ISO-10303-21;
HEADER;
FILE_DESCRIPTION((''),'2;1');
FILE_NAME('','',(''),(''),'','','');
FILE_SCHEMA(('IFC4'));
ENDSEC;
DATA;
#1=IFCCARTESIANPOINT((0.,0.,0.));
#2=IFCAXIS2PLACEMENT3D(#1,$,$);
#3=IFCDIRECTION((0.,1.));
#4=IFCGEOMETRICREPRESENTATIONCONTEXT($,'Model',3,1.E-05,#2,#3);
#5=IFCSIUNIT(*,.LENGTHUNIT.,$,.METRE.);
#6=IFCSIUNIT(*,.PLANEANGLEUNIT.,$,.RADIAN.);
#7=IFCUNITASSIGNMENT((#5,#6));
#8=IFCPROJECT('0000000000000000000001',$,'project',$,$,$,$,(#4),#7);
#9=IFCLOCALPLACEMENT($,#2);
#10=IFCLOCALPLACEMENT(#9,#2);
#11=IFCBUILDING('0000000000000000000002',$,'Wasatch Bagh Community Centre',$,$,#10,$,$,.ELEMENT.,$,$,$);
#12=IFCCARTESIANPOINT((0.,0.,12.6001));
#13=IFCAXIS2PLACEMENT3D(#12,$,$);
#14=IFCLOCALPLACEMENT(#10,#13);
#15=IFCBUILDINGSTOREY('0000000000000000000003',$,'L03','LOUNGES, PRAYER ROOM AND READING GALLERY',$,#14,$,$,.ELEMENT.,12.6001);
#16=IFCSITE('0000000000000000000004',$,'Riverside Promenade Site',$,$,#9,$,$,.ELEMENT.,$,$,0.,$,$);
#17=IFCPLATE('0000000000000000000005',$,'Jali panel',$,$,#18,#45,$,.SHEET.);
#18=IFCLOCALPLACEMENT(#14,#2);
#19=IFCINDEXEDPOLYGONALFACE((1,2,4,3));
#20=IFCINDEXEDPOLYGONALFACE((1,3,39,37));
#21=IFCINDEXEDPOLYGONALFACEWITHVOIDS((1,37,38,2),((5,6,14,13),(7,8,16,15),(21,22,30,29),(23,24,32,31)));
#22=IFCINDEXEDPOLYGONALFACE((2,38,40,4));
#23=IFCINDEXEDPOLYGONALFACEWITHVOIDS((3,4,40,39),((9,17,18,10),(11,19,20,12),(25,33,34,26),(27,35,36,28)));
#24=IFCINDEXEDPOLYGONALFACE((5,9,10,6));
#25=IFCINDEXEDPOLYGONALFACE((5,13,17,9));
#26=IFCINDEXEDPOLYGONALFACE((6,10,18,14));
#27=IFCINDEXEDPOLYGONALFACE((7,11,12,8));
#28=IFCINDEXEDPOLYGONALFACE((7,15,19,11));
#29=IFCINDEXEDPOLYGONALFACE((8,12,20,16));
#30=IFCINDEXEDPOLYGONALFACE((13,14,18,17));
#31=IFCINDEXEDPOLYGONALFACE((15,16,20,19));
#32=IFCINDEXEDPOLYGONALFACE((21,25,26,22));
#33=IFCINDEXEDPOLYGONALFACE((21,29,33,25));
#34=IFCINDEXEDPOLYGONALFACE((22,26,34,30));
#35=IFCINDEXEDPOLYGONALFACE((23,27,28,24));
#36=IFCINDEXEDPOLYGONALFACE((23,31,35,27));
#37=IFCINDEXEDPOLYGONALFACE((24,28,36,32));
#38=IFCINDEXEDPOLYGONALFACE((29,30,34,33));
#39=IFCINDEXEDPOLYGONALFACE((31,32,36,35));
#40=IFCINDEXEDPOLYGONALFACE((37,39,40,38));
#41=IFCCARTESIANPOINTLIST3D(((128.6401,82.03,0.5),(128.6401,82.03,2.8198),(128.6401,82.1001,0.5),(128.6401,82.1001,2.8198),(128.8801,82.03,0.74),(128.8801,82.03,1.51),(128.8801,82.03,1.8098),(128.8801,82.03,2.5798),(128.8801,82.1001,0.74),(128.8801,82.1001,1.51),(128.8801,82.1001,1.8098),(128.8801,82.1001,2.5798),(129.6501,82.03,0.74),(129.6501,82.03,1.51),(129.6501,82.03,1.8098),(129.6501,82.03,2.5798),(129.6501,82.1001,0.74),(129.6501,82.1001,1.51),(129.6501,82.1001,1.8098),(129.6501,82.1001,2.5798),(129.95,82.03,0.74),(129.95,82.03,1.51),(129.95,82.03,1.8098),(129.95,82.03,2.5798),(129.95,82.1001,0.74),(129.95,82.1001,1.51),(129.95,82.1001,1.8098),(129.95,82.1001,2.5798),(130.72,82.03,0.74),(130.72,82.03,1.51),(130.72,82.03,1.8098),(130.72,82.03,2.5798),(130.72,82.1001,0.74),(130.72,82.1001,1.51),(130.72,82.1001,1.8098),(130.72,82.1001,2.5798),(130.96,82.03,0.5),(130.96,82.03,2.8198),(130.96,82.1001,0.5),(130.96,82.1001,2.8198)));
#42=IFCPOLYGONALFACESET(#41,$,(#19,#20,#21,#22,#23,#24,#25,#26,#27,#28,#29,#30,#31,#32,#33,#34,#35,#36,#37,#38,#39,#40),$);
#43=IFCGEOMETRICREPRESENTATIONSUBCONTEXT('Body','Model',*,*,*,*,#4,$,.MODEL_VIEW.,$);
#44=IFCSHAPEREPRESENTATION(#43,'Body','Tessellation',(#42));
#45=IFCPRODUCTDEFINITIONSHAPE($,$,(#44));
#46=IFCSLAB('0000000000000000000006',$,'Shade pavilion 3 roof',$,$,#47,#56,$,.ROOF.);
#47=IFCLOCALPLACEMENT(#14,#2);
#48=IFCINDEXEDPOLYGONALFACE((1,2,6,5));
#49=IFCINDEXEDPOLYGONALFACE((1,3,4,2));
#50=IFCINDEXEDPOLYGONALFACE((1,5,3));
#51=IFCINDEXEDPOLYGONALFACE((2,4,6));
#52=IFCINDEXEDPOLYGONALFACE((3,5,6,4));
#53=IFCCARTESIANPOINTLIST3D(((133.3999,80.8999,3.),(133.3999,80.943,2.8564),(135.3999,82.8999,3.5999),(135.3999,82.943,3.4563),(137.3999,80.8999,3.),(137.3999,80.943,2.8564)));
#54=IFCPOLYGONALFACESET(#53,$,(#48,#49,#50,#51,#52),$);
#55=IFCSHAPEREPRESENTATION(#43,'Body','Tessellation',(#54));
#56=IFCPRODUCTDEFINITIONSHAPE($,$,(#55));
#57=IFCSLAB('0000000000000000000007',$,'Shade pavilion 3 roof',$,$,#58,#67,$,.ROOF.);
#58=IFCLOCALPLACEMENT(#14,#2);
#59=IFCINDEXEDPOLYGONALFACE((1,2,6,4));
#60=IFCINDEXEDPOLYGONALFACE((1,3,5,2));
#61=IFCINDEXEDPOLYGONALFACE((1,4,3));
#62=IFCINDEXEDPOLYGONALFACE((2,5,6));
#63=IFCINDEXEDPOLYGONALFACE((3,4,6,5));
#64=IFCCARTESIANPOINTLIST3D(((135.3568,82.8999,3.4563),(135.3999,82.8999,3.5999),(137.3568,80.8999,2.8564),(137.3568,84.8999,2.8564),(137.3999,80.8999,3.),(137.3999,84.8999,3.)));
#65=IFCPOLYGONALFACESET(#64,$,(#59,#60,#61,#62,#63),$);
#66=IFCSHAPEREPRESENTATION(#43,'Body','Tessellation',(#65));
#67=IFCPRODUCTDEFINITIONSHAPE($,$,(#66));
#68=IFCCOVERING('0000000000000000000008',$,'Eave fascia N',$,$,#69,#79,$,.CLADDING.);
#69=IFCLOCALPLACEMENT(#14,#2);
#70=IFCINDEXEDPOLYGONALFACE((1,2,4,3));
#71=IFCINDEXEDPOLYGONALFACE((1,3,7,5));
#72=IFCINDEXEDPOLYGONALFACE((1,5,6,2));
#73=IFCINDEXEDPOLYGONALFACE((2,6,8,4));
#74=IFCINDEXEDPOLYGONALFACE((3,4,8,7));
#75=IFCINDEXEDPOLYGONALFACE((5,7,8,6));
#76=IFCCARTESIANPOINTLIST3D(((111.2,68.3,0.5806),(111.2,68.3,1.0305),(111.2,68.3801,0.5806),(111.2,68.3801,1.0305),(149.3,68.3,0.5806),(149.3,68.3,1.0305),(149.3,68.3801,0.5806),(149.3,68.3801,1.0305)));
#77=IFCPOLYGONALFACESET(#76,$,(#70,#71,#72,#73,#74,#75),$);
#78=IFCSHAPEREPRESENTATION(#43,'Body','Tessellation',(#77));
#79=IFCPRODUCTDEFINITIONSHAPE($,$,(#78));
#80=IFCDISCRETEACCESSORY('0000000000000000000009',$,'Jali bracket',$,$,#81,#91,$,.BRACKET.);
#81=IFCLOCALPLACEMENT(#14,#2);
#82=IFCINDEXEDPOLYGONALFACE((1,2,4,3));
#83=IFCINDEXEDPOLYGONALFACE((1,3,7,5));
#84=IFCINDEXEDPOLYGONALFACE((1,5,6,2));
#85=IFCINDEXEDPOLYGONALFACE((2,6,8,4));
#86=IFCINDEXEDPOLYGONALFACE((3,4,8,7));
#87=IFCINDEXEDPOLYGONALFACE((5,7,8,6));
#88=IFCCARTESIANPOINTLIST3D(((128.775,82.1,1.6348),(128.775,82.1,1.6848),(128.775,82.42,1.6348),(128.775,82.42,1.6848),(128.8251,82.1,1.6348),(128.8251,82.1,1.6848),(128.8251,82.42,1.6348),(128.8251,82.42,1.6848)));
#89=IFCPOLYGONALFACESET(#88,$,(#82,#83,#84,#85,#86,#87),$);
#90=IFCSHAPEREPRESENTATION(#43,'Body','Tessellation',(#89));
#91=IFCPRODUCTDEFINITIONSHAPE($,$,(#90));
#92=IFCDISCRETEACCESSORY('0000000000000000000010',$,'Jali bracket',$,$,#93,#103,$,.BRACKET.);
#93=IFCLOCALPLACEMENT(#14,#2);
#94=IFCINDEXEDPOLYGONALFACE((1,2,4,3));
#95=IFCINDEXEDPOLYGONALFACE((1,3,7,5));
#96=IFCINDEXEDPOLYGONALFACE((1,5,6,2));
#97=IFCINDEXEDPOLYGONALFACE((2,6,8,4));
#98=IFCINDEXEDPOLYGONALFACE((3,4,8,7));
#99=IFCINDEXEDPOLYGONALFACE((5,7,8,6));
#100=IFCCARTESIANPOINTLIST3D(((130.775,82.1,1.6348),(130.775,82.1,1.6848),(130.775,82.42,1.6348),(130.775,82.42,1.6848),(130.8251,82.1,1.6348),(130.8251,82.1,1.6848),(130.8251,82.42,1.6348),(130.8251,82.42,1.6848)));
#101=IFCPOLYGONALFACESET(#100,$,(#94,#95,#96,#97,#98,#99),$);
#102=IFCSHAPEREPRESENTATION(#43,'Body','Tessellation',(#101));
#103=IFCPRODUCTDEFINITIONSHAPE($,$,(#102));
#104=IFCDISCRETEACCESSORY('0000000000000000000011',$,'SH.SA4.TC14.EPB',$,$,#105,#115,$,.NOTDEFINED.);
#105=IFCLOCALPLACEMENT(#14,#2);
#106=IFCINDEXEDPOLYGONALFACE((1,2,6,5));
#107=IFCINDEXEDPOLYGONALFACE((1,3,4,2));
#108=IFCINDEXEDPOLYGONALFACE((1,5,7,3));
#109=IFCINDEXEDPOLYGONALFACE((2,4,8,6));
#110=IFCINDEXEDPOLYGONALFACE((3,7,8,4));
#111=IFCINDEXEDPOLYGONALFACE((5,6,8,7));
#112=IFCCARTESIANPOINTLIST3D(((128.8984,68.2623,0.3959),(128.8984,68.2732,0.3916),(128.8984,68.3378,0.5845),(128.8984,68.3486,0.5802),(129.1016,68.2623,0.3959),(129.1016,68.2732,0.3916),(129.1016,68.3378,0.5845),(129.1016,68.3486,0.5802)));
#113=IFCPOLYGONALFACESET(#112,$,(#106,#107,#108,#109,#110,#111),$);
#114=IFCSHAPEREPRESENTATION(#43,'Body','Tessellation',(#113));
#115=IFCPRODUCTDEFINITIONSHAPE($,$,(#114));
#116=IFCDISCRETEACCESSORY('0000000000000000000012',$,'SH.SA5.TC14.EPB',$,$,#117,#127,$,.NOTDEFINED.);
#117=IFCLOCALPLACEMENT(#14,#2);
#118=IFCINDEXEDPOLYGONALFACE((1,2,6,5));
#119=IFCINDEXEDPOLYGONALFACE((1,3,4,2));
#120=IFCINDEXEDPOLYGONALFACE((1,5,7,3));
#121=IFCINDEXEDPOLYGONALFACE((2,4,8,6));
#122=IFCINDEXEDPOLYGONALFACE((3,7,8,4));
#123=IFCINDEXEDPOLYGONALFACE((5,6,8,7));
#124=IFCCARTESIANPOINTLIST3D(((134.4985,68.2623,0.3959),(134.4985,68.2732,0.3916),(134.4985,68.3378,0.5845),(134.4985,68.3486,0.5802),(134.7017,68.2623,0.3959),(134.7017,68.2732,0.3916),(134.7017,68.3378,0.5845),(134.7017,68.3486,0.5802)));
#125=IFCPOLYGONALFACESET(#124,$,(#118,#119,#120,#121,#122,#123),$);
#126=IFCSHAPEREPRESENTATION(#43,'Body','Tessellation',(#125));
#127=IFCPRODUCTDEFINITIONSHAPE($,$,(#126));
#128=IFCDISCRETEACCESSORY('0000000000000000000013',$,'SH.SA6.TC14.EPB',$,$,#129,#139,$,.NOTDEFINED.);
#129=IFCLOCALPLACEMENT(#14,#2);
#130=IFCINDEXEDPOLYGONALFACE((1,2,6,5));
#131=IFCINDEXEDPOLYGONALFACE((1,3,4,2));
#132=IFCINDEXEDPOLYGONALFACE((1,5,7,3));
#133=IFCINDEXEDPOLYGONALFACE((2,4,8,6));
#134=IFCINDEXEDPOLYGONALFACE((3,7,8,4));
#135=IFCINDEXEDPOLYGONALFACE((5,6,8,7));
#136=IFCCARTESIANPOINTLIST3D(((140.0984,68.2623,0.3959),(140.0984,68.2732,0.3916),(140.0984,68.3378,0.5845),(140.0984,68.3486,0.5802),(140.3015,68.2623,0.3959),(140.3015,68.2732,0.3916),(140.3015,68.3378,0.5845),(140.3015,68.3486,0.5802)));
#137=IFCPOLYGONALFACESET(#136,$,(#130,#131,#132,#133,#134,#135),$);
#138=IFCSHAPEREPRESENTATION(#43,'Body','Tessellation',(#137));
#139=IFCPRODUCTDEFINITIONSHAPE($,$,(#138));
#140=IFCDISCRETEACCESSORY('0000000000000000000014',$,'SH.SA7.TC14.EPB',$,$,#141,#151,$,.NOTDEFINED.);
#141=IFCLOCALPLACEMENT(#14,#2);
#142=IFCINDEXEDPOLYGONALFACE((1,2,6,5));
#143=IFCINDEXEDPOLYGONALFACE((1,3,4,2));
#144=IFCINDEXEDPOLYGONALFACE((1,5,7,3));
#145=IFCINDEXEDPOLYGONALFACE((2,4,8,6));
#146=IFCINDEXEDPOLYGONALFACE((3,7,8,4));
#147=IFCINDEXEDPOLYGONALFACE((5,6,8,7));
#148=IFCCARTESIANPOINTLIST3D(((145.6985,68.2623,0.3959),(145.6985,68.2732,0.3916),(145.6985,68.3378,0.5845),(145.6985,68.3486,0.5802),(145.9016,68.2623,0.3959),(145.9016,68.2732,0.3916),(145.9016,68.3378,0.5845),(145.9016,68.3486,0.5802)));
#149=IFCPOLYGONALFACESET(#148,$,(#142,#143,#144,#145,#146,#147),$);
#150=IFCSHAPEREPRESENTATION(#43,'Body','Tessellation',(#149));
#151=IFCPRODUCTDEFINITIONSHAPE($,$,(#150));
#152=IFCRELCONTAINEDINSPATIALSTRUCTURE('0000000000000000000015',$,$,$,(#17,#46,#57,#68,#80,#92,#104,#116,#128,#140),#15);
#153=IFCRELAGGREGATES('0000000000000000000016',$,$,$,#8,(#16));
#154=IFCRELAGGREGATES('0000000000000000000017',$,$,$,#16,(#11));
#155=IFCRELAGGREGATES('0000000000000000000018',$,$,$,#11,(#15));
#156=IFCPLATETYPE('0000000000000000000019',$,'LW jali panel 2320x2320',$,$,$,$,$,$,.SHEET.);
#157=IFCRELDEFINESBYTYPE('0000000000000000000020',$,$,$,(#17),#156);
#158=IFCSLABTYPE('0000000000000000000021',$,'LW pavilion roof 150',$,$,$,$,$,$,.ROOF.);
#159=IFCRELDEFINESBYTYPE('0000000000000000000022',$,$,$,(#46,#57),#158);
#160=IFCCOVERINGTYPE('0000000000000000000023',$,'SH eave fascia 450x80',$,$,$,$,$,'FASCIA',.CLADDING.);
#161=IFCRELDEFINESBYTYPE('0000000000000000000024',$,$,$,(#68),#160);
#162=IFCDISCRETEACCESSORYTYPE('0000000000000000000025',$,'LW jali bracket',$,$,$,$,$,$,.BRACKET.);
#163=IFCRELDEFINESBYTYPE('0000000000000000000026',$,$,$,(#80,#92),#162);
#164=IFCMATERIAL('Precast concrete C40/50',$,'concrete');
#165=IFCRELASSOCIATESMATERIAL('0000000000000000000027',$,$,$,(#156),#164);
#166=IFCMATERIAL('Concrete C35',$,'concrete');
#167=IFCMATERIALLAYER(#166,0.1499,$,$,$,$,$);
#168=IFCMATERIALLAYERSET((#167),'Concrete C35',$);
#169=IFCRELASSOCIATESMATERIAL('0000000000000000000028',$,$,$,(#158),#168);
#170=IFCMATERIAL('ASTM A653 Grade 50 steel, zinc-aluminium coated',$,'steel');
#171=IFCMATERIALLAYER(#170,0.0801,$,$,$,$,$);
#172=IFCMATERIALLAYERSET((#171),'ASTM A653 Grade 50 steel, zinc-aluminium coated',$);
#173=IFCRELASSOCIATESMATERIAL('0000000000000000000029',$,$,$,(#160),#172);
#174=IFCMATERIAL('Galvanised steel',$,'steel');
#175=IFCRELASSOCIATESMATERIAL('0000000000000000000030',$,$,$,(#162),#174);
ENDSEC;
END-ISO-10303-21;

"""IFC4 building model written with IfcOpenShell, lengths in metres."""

from ifc_helpers import new_model, si_unit, direction, frame, origin, origin_2d, place, context, subcontext, project, spatial, polyline, rectangle, outline, extrude, material, layer, layer_set, material_profile, profile_set, type_object, element, save


model = new_model("IFC4")

# Units and contexts
model_context = context("Model", 3, precision=1e-05, world=origin(), true_north=direction((0.0, 1.0)))
body_context = subcontext(model_context, "Body", "Model", "MODEL_VIEW")
ifc_project = project(units=[si_unit("LENGTHUNIT", "METRE"), si_unit("PLANEANGLEUNIT", "RADIAN")], contexts=[model_context])

# Site, building, storey
site_placement = place(None, origin())
site = spatial("IfcSite", under=ifc_project, at=site_placement, Name="Riverside Promenade Site", CompositionType="ELEMENT", RefElevation=0.0)
building_placement = place(site_placement, origin())
building = spatial("IfcBuilding", under=site, at=building_placement, Name="Wasatch Bagh Community Centre", CompositionType="ELEMENT")
storey_placement = place(building_placement, frame((0.0, 0.0, 12.6001)))
storey = spatial("IfcBuildingStorey", under=building, at=storey_placement, Name="L03", Description="LOUNGES, PRAYER ROOM AND READING GALLERY", CompositionType="ELEMENT", Elevation=12.6001)

# Shared definitions
ifc_material_1 = material(Name="Concrete C35", Category="concrete")

# Plate
ifc_material_2 = material(Name="Precast concrete C40/50", Category="concrete")
ifc_material_profile_1 = material_profile(ifc_material_2, outline(polyline([(-1.1599, -1.1599), (1.1599, -1.1599), (1.1599, 1.1599), (-1.1599, 1.1599), (-1.1599, -1.1599)]), holes=[polyline([(-0.9199, -0.9199), (-0.1499, -0.9199), (-0.1499, -0.1499), (-0.9199, -0.1499), (-0.9199, -0.9199)]), polyline([(-0.9199, 0.1499), (-0.1499, 0.1499), (-0.1499, 0.9199), (-0.9199, 0.9199), (-0.9199, 0.1499)]), polyline([(0.1499, -0.9199), (0.9199, -0.9199), (0.9199, -0.1499), (0.1499, -0.1499), (0.1499, -0.9199)]), polyline([(0.1499, 0.1499), (0.9199, 0.1499), (0.9199, 0.9199), (0.1499, 0.9199), (0.1499, 0.1499)])]), Name="Jali lattice")
ifc_profile_set_1 = profile_set([ifc_material_profile_1], Name="Precast concrete C40/50")
plate_type_1 = type_object("IfcPlateType", Name="LW jali panel 2320x2320", PredefinedType="SHEET", material=ifc_profile_set_1)
plate_1_placement = place(storey_placement, frame((129.8, 82.1001, 1.6599), z_axis=(0.0, -1.0, 0.0), x_axis=(1.0, 0.0, 0.0)))
element("IfcPlate", 1, at=plate_1_placement, inside=storey, type_object=plate_type_1, Name="Jali panel", PredefinedType="SHEET", context=body_context, shape_type="SweptSolid", body=[
    extrude(outline(polyline([(-1.1599, -1.1599), (1.1599, -1.1599), (1.1599, 1.1599), (-1.1599, 1.1599), (-1.1599, -1.1599)]), holes=[polyline([(-0.9199, -0.9199), (-0.1499, -0.9199), (-0.1499, -0.1499), (-0.9199, -0.1499), (-0.9199, -0.9199)]), polyline([(-0.9199, 0.1499), (-0.1499, 0.1499), (-0.1499, 0.9199), (-0.9199, 0.9199), (-0.9199, 0.1499)]), polyline([(0.1499, -0.9199), (0.9199, -0.9199), (0.9199, -0.1499), (0.1499, -0.1499), (0.1499, -0.9199)]), polyline([(0.1499, 0.1499), (0.9199, 0.1499), (0.9199, 0.9199), (0.1499, 0.9199), (0.1499, 0.1499)])]), origin(), (0.0, 0.0, 1.0), 0.0701),
])

# Slabs
ifc_layer_1 = layer(ifc_material_1, 0.1499)
ifc_layer_set_1 = layer_set([ifc_layer_1], Name="Concrete C35")
slab_type = type_object("IfcSlabType", Name="LW pavilion roof 150", PredefinedType="ROOF", material=ifc_layer_set_1)
for number, where, z_axis, x_axis, name in (
    (2, (133.3999, 80.8999, 3.0), (0.0, -0.287284, 0.957846), (1.0, 0.0, 0.0), "Shade pavilion 3 roof"),
    (3, (137.3999, 80.8999, 3.0), (0.287284, 0.0, 0.957846), (0.0, 1.0, 0.0), "Shade pavilion 3 roof"),
):
    element("IfcSlab", number, at=place(storey_placement, frame(where, z_axis=z_axis, x_axis=x_axis)), inside=storey, type_object=slab_type, Name=name, PredefinedType="ROOF", context=body_context, shape_type="SweptSolid", body=[
        extrude(outline(polyline([(0.0, 0.0), (4.0, 0.0), (2.0, 2.088), (0.0, 0.0)])), origin(), (0.0, 0.0, -1.0), 0.1499),
    ])

# Covering
ifc_material_3 = material(Name="ASTM A653 Grade 50 steel, zinc-aluminium coated", Category="steel")
ifc_layer_2 = layer(ifc_material_3, 0.0801)
ifc_layer_set_2 = layer_set([ifc_layer_2], Name="ASTM A653 Grade 50 steel, zinc-aluminium coated")
covering_type = type_object("IfcCoveringType", Name="SH eave fascia 450x80", ElementType="FASCIA", PredefinedType="CLADDING", material=ifc_layer_set_2)
covering_placement = place(storey_placement, frame((130.25, 68.3401, 0.5806), z_axis=(0.0, 0.0, 1.0), x_axis=(1.0, 0.0, 0.0)))
element("IfcCovering", 4, at=covering_placement, inside=storey, type_object=covering_type, Name="Eave fascia N", PredefinedType="CLADDING", context=body_context, shape_type="SweptSolid", body=[
    extrude(rectangle(XDim=38.1001, YDim=0.0801, at=origin_2d()), origin(), (0.0, 0.0, 1.0), 0.45),
])

# Discrete accessories
ifc_material_4 = material(Name="Galvanised steel", Category="steel")
discrete_accessory_type = type_object("IfcDiscreteAccessoryType", Name="LW jali bracket", PredefinedType="BRACKET", material=ifc_material_4)
for number, where, z_axis, x_axis, name in (
    (5, (128.8, 82.26, 1.6348), (0.0, 0.0, 1.0), (1.0, 0.0, 0.0), "Jali bracket"),
    (6, (130.8, 82.26, 1.6348), (0.0, 0.0, 1.0), (1.0, 0.0, 0.0), "Jali bracket"),
):
    element("IfcDiscreteAccessory", number, at=place(storey_placement, frame(where, z_axis=z_axis, x_axis=x_axis)), inside=storey, type_object=discrete_accessory_type, Name=name, PredefinedType="BRACKET", context=body_context, shape_type="SweptSolid", body=[
        extrude(rectangle(XDim=0.05, YDim=0.3201, at=origin_2d()), origin(), (0.0, 0.0, 1.0), 0.05),
    ])
for number, where, z_axis, x_axis, name in (
    (7, (129.0, 68.3, 0.4902), (0.0, 0.928477, -0.371391), (-1.0, 0.0, 0.0), "SH.SA4.TC14.EPB"),
    (8, (134.6001, 68.3, 0.4902), (0.0, 0.928477, -0.371391), (-1.0, 0.0, 0.0), "SH.SA5.TC14.EPB"),
    (9, (140.2, 68.3, 0.4902), (0.0, 0.928477, -0.371391), (-1.0, 0.0, 0.0), "SH.SA6.TC14.EPB"),
    (10, (145.8, 68.3, 0.4902), (0.0, 0.928477, -0.371391), (-1.0, 0.0, 0.0), "SH.SA7.TC14.EPB"),
):
    element("IfcDiscreteAccessory", number, at=place(storey_placement, frame(where, z_axis=z_axis, x_axis=x_axis)), inside=storey, Name=name, PredefinedType="NOTDEFINED", context=body_context, shape_type="SweptSolid", body=[
        extrude(rectangle(XDim=0.2031, YDim=0.2031, at=origin_2d()), origin(), (0.0, 0.0, 1.0), 0.0117),
    ])

save(model, "model.ifc")
